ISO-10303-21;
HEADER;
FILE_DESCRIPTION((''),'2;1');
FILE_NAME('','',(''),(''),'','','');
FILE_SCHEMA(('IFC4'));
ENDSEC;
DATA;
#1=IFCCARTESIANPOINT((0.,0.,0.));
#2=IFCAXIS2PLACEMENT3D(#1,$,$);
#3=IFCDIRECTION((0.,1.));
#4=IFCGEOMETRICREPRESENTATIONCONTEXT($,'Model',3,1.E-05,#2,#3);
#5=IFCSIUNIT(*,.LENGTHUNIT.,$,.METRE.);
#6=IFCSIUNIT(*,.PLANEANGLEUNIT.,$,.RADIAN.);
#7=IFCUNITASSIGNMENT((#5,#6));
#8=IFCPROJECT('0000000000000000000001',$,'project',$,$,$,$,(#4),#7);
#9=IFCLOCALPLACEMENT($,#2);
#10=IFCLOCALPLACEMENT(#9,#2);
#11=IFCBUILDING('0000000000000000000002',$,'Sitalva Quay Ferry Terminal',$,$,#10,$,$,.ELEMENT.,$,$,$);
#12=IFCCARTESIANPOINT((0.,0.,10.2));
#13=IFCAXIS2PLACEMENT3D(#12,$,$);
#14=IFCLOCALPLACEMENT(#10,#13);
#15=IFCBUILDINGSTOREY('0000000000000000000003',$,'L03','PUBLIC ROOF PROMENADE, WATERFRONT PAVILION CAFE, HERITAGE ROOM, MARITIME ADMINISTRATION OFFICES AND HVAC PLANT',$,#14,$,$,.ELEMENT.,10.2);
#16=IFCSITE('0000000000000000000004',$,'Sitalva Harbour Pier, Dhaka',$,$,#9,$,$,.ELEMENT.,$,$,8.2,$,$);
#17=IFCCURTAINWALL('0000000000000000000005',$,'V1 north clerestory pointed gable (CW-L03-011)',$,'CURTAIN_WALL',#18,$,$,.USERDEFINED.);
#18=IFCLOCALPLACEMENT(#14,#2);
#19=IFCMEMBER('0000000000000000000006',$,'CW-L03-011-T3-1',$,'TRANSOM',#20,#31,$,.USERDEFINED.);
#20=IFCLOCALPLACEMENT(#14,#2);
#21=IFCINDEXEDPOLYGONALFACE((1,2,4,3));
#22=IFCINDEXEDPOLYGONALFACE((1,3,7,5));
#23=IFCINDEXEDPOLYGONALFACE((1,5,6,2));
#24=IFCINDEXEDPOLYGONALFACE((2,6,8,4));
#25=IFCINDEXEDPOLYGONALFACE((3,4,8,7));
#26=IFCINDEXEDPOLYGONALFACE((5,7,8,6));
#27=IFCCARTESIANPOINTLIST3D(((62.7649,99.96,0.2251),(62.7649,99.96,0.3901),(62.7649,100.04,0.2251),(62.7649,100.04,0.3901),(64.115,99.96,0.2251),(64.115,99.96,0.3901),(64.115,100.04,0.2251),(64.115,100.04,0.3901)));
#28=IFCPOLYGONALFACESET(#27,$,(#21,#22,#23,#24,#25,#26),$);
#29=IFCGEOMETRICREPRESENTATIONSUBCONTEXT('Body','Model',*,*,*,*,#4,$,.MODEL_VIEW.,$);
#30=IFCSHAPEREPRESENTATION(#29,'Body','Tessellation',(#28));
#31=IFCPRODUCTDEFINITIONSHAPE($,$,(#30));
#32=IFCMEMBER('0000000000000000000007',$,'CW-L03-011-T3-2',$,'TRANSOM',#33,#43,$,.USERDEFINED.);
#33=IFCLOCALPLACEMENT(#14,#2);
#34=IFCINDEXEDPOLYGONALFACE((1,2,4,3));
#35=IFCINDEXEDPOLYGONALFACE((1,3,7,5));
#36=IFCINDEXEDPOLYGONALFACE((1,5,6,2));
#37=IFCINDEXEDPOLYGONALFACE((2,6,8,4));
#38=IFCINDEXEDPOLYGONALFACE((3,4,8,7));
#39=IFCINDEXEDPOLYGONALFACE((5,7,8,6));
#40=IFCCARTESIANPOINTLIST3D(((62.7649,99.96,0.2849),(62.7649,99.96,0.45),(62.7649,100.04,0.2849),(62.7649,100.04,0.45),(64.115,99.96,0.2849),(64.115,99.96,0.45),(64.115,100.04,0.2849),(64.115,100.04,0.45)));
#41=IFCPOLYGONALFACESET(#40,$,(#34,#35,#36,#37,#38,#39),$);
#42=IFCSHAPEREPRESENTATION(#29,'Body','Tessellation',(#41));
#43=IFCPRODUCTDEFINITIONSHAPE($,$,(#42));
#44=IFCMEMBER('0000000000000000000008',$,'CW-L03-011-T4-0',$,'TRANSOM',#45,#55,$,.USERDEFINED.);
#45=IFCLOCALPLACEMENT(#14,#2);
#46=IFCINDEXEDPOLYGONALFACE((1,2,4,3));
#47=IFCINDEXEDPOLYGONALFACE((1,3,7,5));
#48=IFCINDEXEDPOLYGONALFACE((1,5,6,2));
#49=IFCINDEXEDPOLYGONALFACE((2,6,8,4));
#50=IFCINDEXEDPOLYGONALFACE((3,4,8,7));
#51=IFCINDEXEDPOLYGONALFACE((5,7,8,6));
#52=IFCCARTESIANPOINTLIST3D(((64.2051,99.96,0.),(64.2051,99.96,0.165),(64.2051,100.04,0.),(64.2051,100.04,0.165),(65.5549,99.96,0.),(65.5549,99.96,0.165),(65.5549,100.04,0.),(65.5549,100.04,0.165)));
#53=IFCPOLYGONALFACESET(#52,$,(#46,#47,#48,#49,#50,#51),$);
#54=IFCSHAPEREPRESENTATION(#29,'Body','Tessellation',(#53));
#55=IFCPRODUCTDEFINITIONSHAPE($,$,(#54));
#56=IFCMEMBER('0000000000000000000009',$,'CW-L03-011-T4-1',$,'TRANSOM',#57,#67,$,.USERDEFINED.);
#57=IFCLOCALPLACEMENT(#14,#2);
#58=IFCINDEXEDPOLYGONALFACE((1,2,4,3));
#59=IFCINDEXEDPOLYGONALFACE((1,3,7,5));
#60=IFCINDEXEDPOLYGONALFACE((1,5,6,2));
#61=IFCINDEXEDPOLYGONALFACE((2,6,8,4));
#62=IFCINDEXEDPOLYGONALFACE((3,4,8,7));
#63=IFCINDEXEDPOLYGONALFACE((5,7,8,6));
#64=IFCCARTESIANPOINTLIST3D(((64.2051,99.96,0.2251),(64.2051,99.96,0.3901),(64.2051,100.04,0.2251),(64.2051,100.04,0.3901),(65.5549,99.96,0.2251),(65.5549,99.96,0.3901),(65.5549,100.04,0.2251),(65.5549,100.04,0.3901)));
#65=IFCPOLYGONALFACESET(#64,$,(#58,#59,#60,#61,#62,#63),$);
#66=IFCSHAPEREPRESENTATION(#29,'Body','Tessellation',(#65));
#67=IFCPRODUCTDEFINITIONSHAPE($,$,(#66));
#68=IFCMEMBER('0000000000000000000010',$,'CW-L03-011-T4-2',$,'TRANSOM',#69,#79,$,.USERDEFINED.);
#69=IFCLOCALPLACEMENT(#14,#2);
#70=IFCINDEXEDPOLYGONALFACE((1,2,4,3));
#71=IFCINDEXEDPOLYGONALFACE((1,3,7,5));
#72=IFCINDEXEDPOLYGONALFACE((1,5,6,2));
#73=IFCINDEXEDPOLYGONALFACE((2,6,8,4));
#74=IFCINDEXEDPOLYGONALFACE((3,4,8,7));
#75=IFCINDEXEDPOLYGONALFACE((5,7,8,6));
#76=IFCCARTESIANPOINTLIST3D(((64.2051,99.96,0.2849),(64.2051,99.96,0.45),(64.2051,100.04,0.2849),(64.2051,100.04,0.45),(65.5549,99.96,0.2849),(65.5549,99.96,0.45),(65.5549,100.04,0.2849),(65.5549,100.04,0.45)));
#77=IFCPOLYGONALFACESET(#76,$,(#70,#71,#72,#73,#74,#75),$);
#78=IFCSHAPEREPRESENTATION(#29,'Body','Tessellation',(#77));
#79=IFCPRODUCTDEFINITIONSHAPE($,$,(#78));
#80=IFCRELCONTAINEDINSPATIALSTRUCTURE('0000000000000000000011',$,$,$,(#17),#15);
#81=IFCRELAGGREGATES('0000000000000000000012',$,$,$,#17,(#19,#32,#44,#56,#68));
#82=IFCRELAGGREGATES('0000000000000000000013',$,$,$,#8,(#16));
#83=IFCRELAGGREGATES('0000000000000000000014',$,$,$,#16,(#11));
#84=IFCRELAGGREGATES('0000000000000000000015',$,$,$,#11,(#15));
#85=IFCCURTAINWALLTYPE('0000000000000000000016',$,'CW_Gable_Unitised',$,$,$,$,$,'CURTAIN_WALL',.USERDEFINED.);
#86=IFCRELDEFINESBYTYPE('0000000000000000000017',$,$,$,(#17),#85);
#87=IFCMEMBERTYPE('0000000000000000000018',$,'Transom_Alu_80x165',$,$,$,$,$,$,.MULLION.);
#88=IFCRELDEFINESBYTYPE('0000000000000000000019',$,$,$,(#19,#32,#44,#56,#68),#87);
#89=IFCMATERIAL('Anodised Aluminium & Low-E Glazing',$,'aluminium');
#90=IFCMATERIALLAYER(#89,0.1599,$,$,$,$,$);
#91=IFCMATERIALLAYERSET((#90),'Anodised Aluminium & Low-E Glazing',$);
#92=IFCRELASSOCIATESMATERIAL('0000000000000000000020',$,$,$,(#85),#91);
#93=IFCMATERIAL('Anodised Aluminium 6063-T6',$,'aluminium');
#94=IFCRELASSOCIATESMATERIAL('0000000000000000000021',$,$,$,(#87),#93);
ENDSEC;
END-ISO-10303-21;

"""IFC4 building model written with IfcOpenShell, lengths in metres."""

from ifc_helpers import new_model, si_unit, direction, frame, origin, origin_2d, place, context, subcontext, project, spatial, rectangle, extrude, material, layer, layer_set, material_profile, profile_set, type_object, element, aggregate, save


model = new_model("IFC4")

# Units and contexts
model_context = context("Model", 3, precision=1e-05, world=origin(), true_north=direction((0.0, 1.0)))
body_context = subcontext(model_context, "Body", "Model", "MODEL_VIEW")
ifc_project = project(units=[si_unit("LENGTHUNIT", "METRE"), si_unit("PLANEANGLEUNIT", "RADIAN")], contexts=[model_context])

# Site, building, storey
site_placement = place(None, origin())
site = spatial("IfcSite", under=ifc_project, at=site_placement, Name="Sitalva Harbour Pier, Dhaka", CompositionType="ELEMENT", RefElevation=8.2)
building_placement = place(site_placement, origin())
building = spatial("IfcBuilding", under=site, at=building_placement, Name="Sitalva Quay Ferry Terminal", CompositionType="ELEMENT")
storey_placement = place(building_placement, frame((0.0, 0.0, 10.2)))
storey = spatial("IfcBuildingStorey", under=building, at=storey_placement, Name="L03", Description="PUBLIC ROOF PROMENADE, WATERFRONT PAVILION CAFE, HERITAGE ROOM, MARITIME ADMINISTRATION OFFICES AND HVAC PLANT", CompositionType="ELEMENT", Elevation=10.2)

# Curtain wall
ifc_material_1 = material(Name="Anodised Aluminium & Low-E Glazing", Category="aluminium")
ifc_layer_1 = layer(ifc_material_1, 0.1599)
ifc_layer_set_1 = layer_set([ifc_layer_1], Name="Anodised Aluminium & Low-E Glazing")
curtain_wall_type_1 = type_object("IfcCurtainWallType", Name="CW_Gable_Unitised", ElementType="CURTAIN_WALL", PredefinedType="USERDEFINED", material=ifc_layer_set_1)
curtain_wall_1_placement = place(storey_placement, origin())
curtain_wall_1 = element("IfcCurtainWall", 1, at=curtain_wall_1_placement, inside=storey, type_object=curtain_wall_type_1, Name="V1 north clerestory pointed gable (CW-L03-011)", ObjectType="CURTAIN_WALL", PredefinedType="USERDEFINED")

# Members
ifc_material_2 = material(Name="Anodised Aluminium 6063-T6", Category="aluminium")
ifc_material_profile_1 = material_profile(ifc_material_2, rectangle(XDim=0.0801, YDim=0.165, at=origin_2d()), Name="ALU80x165")
ifc_profile_set_1 = profile_set([ifc_material_profile_1], Name="Anodised Aluminium 6063-T6")
member_type_1 = type_object("IfcMemberType", Name="Transom_Alu_80x165", PredefinedType="MULLION", material=ifc_profile_set_1)
member_1_placement = place(storey_placement, frame((62.7649, 100.0, 0.3076), z_axis=(1.0, 0.0, 0.0), x_axis=(0.0, 1.0, 0.0)))
member_1 = element("IfcMember", 2, at=member_1_placement, type_object=member_type_1, Name="CW-L03-011-T3-1", ObjectType="TRANSOM", PredefinedType="USERDEFINED", context=body_context, shape_type="SweptSolid", body=[
    extrude(rectangle(XDim=0.0801, YDim=0.165, at=origin_2d()), origin(), (0.0, 0.0, 1.0), 1.3501),
])
member_2_placement = place(storey_placement, frame((62.7649, 100.0, 0.3674), z_axis=(1.0, 0.0, 0.0), x_axis=(0.0, 1.0, 0.0)))
member_2 = element("IfcMember", 3, at=member_2_placement, type_object=member_type_1, Name="CW-L03-011-T3-2", ObjectType="TRANSOM", PredefinedType="USERDEFINED", context=body_context, shape_type="SweptSolid", body=[
    extrude(rectangle(XDim=0.0801, YDim=0.165, at=origin_2d()), origin(), (0.0, 0.0, 1.0), 1.3501),
])
member_3_placement = place(storey_placement, frame((64.2051, 100.0, 0.0825), z_axis=(1.0, 0.0, 0.0), x_axis=(0.0, 1.0, 0.0)))
member_3 = element("IfcMember", 4, at=member_3_placement, type_object=member_type_1, Name="CW-L03-011-T4-0", ObjectType="TRANSOM", PredefinedType="USERDEFINED", context=body_context, shape_type="SweptSolid", body=[
    extrude(rectangle(XDim=0.0801, YDim=0.165, at=origin_2d()), origin(), (0.0, 0.0, 1.0), 1.3499),
])
member_4_placement = place(storey_placement, frame((64.2051, 100.0, 0.3076), z_axis=(1.0, 0.0, 0.0), x_axis=(0.0, 1.0, 0.0)))
member_4 = element("IfcMember", 5, at=member_4_placement, type_object=member_type_1, Name="CW-L03-011-T4-1", ObjectType="TRANSOM", PredefinedType="USERDEFINED", context=body_context, shape_type="SweptSolid", body=[
    extrude(rectangle(XDim=0.0801, YDim=0.165, at=origin_2d()), origin(), (0.0, 0.0, 1.0), 1.3499),
])
member_5_placement = place(storey_placement, frame((64.2051, 100.0, 0.3674), z_axis=(1.0, 0.0, 0.0), x_axis=(0.0, 1.0, 0.0)))
member_5 = element("IfcMember", 6, at=member_5_placement, type_object=member_type_1, Name="CW-L03-011-T4-2", ObjectType="TRANSOM", PredefinedType="USERDEFINED", context=body_context, shape_type="SweptSolid", body=[
    extrude(rectangle(XDim=0.0801, YDim=0.165, at=origin_2d()), origin(), (0.0, 0.0, 1.0), 1.3499),
])
aggregate(curtain_wall_1, [member_1, member_2, member_3, member_4, member_5])

save(model, "model.ifc")
